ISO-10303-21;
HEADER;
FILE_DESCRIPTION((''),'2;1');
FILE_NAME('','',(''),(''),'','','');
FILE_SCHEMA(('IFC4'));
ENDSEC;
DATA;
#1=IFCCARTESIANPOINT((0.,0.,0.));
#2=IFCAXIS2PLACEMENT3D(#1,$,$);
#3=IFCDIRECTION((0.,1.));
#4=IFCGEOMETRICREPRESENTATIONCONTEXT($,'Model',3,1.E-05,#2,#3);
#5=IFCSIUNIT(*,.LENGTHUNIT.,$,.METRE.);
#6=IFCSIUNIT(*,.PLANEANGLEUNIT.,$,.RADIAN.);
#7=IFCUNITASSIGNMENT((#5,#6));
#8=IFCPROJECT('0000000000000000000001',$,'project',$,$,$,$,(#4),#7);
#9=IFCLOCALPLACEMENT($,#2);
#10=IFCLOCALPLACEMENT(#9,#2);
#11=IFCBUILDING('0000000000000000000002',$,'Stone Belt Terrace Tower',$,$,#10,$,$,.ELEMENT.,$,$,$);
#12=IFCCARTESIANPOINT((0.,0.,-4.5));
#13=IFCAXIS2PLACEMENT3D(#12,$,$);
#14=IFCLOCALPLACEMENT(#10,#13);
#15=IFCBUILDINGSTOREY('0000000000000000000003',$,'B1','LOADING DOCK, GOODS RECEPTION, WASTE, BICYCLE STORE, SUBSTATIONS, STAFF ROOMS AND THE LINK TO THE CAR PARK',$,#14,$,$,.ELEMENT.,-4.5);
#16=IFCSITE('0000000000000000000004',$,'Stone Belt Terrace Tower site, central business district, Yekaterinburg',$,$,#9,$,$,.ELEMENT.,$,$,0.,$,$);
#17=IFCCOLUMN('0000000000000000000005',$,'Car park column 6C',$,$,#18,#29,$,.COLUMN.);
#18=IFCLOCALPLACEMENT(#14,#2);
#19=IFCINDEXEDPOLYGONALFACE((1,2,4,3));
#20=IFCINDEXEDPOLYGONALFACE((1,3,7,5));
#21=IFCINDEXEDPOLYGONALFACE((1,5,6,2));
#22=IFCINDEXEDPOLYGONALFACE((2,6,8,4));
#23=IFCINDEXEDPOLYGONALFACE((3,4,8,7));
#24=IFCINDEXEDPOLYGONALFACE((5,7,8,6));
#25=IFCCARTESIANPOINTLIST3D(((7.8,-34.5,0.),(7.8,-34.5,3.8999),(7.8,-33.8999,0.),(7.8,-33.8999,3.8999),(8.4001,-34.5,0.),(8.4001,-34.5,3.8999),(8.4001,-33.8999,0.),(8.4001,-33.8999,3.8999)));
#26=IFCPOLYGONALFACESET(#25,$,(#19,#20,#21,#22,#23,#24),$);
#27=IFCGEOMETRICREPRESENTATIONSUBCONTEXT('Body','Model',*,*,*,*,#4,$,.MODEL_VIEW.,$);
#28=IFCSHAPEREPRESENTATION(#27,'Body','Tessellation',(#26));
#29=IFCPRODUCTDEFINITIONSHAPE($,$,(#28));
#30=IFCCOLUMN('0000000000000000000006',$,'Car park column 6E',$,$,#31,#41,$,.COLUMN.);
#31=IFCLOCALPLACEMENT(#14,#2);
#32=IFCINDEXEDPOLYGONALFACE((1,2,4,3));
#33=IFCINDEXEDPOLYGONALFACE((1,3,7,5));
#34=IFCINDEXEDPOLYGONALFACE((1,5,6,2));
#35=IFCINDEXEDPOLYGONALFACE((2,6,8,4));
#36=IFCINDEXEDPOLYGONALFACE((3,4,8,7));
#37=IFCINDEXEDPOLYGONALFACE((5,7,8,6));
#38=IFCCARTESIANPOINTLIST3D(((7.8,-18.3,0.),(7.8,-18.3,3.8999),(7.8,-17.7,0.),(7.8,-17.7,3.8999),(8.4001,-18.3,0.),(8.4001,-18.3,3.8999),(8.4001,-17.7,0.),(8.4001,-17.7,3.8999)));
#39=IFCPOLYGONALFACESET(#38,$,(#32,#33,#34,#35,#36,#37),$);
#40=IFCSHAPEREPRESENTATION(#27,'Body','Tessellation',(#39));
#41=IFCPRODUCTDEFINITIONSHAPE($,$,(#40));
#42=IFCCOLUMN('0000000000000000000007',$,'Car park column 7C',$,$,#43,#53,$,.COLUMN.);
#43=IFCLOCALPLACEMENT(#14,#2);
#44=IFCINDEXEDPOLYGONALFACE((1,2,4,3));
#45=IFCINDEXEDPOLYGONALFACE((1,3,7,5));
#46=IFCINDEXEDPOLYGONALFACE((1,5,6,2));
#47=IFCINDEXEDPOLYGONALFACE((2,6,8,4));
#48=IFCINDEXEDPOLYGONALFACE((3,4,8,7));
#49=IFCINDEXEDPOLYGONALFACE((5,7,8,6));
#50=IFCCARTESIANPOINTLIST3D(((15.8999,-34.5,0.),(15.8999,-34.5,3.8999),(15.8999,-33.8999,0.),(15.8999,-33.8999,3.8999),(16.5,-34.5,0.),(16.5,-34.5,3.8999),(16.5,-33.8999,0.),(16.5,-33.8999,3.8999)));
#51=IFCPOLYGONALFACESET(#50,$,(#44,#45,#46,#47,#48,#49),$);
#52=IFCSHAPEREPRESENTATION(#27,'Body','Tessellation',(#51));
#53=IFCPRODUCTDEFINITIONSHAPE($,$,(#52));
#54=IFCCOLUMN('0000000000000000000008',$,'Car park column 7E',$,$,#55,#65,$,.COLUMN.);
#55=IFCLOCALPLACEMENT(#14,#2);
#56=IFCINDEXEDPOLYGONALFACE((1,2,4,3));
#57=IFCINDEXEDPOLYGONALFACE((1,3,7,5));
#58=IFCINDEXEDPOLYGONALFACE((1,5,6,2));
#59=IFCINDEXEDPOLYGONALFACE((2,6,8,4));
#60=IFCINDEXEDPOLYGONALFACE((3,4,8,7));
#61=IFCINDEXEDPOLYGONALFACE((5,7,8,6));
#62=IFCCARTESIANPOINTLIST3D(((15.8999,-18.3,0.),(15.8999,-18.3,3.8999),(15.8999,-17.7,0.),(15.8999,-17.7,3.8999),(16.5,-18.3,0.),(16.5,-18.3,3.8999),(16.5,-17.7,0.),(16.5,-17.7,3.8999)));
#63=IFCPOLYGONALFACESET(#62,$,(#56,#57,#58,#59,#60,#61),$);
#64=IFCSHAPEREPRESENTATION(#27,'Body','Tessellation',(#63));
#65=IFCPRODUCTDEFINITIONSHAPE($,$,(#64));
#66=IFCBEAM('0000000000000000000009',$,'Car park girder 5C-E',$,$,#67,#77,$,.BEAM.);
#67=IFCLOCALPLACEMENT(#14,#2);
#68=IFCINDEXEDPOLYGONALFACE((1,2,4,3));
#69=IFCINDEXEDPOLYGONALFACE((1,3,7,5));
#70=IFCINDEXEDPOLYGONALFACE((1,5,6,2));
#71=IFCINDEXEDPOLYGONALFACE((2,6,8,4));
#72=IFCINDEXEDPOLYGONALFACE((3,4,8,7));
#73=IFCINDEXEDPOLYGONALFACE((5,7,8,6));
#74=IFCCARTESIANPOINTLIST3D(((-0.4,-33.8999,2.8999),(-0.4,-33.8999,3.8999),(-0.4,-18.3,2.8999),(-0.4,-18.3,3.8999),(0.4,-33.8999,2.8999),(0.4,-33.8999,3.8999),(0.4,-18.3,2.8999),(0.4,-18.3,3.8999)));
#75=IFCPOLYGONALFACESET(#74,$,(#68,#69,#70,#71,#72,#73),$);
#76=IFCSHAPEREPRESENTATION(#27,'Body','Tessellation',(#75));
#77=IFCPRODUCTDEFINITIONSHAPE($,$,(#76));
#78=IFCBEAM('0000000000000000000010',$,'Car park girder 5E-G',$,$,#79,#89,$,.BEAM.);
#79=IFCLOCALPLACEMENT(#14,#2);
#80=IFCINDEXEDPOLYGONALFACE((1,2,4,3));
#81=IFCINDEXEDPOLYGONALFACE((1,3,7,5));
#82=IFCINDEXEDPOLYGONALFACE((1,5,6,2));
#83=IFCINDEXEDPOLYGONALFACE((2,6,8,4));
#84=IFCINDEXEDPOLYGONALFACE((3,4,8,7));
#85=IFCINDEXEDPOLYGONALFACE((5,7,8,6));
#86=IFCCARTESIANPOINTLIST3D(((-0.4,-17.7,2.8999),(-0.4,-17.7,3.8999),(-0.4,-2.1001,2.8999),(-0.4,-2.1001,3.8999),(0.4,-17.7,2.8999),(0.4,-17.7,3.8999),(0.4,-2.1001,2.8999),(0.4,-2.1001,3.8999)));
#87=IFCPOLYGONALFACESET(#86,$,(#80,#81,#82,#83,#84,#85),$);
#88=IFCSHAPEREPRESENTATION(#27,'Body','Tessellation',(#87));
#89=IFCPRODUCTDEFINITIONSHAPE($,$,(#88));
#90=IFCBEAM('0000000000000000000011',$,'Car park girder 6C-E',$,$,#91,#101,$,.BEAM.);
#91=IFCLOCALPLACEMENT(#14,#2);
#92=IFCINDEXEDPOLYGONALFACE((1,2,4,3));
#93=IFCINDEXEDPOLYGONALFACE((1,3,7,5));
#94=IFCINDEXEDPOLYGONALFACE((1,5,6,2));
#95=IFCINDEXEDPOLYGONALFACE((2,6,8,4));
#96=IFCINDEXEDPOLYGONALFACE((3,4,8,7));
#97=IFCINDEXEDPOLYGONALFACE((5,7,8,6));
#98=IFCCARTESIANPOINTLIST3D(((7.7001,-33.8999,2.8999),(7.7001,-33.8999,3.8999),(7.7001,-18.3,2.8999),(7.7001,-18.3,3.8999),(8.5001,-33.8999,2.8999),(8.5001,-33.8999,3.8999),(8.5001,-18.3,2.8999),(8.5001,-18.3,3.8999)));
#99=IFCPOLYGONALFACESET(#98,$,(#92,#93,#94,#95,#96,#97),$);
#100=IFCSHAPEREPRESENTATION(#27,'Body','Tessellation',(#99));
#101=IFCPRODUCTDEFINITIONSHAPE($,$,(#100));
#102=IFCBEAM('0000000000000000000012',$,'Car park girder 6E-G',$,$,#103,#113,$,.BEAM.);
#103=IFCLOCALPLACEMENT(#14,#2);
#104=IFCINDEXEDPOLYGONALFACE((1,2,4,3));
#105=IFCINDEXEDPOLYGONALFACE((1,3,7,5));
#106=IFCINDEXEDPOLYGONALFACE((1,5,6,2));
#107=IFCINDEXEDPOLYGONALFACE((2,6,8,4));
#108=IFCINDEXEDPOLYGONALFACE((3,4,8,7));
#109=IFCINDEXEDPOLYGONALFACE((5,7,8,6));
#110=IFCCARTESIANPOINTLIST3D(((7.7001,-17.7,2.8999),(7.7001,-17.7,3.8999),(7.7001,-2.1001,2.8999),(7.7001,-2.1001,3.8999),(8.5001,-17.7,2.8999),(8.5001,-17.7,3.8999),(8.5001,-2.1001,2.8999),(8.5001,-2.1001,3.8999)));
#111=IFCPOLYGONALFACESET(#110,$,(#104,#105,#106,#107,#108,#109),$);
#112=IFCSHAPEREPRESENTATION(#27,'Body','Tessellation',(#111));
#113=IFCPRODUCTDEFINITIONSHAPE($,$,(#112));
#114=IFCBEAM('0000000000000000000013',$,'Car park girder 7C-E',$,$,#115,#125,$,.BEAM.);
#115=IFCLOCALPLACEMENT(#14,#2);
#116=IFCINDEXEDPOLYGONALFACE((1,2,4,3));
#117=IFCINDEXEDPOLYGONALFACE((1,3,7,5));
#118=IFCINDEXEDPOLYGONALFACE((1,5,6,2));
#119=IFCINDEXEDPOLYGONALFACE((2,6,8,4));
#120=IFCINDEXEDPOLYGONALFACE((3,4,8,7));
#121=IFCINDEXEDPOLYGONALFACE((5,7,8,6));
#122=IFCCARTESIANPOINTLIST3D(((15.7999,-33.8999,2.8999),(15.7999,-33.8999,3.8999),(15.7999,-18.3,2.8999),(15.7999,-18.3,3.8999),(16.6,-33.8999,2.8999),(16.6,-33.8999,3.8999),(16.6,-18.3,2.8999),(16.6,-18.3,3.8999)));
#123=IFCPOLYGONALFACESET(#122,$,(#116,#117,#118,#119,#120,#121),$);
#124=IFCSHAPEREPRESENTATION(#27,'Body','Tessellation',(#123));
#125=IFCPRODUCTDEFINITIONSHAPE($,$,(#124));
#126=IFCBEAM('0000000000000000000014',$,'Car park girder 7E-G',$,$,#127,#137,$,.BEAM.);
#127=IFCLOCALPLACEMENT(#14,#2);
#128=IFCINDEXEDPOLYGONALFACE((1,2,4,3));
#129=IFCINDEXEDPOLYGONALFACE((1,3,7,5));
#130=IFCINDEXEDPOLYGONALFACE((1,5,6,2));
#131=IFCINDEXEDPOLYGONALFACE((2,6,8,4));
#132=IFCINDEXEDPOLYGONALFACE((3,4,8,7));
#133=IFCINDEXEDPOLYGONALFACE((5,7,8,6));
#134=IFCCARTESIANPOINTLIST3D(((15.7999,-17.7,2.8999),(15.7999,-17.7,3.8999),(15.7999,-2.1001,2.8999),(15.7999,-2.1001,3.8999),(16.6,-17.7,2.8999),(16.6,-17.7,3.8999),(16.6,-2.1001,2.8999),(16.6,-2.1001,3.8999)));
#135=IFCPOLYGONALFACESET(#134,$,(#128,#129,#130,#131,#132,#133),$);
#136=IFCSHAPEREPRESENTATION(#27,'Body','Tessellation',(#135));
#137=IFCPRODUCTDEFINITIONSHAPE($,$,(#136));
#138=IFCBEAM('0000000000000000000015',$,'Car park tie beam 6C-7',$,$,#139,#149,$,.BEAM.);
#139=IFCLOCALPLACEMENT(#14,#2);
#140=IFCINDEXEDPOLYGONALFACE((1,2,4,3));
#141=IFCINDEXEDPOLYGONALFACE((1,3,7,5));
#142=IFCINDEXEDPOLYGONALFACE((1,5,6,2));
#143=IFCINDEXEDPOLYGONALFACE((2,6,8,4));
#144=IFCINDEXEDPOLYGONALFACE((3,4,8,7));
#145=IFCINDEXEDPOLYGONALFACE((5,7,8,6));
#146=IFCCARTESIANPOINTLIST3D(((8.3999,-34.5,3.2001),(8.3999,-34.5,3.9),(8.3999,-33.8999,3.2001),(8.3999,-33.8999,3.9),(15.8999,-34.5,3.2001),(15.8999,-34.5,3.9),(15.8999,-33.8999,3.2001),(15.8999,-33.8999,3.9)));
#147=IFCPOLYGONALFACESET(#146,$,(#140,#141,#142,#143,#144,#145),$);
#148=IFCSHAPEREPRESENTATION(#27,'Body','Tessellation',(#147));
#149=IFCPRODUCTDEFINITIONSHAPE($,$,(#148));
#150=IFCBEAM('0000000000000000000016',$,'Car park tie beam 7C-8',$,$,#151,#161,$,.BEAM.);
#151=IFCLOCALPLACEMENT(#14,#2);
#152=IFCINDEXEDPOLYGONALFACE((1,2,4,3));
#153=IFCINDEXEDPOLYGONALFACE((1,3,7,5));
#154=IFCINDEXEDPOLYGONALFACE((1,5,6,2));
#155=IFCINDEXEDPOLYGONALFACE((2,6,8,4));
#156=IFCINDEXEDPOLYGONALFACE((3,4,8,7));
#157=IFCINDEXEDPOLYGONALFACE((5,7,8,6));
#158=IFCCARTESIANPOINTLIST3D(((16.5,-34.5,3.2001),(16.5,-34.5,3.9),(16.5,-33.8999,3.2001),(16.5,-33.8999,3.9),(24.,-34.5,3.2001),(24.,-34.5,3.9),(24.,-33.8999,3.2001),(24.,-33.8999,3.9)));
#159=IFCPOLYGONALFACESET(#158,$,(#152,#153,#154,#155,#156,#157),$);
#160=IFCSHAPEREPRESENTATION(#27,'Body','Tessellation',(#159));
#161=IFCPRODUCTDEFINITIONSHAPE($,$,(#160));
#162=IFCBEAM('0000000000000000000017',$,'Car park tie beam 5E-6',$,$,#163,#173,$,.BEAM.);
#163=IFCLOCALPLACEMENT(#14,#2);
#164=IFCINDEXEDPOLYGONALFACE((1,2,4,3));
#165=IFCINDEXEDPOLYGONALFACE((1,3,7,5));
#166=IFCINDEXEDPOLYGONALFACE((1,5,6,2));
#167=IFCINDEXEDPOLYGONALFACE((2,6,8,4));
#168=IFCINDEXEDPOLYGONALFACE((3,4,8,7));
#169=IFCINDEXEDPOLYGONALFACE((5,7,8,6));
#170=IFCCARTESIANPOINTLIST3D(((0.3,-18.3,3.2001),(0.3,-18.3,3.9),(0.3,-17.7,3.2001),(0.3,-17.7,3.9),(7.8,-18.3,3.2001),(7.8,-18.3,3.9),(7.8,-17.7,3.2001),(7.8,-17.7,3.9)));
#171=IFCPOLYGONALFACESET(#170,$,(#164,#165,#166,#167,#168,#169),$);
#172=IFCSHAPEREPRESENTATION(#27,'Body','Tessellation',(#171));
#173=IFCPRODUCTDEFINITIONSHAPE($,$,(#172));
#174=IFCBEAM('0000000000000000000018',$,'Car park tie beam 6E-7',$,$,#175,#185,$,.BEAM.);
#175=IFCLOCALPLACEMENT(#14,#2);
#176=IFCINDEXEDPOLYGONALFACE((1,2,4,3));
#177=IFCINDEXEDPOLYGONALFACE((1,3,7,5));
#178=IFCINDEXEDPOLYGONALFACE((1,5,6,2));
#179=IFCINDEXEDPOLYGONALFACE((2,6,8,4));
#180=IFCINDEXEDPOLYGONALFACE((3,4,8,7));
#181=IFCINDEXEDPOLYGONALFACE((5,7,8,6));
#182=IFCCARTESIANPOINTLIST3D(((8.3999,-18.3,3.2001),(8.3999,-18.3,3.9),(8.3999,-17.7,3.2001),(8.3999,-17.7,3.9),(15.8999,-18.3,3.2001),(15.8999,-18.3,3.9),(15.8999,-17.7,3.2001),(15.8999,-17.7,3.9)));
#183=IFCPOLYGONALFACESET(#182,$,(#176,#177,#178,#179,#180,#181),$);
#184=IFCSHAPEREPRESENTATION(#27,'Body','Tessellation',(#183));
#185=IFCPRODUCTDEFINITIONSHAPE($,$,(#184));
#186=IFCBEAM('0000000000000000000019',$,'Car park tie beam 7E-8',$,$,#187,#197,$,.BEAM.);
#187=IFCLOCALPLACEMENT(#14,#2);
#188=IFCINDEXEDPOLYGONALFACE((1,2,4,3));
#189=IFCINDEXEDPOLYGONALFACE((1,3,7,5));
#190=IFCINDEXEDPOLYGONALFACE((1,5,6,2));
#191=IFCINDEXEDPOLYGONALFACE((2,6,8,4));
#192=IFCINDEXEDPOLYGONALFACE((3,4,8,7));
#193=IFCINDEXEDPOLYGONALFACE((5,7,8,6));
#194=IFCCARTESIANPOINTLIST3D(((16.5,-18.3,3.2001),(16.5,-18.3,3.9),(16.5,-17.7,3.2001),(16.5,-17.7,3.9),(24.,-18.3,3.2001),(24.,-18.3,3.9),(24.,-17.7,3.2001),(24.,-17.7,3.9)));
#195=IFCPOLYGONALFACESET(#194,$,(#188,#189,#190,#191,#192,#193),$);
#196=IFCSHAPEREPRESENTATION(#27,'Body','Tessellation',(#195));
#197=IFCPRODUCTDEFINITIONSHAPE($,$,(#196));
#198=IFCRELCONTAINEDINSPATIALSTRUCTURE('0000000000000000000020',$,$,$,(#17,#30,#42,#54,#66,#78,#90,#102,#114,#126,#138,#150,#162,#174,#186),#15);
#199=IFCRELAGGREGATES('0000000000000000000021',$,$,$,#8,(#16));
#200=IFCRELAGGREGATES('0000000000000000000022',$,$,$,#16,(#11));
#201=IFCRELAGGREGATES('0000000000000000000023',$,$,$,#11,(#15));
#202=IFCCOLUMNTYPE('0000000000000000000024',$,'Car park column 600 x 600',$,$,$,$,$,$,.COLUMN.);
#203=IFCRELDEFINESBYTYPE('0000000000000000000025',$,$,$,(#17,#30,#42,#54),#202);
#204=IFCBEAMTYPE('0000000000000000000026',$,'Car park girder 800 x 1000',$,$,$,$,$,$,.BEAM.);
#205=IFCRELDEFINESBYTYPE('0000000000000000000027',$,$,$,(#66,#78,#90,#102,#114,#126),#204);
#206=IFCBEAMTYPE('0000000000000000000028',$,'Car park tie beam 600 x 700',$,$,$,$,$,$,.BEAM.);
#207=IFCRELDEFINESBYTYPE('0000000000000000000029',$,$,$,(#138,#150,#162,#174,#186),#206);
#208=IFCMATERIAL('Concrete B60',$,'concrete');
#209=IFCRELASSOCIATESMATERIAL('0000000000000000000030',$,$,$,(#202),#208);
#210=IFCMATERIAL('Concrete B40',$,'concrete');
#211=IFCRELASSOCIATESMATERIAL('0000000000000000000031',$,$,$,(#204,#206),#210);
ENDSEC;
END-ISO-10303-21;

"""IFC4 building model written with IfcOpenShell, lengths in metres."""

from ifc_helpers import new_model, si_unit, direction, frame, origin, origin_2d, place, context, subcontext, project, spatial, rectangle, extrude, material, material_profile, profile_set, type_object, element, save


model = new_model("IFC4")

# Units and contexts
model_context = context("Model", 3, precision=1e-05, world=origin(), true_north=direction((0.0, 1.0)))
body_context = subcontext(model_context, "Body", "Model", "MODEL_VIEW")
ifc_project = project(units=[si_unit("LENGTHUNIT", "METRE"), si_unit("PLANEANGLEUNIT", "RADIAN")], contexts=[model_context])

# Site, building, storey
site_placement = place(None, origin())
site = spatial("IfcSite", under=ifc_project, at=site_placement, Name="Stone Belt Terrace Tower site, central business district, Yekaterinburg", CompositionType="ELEMENT", RefElevation=0.0)
building_placement = place(site_placement, origin())
building = spatial("IfcBuilding", under=site, at=building_placement, Name="Stone Belt Terrace Tower", CompositionType="ELEMENT")
storey_placement = place(building_placement, frame((0.0, 0.0, -4.5)))
storey = spatial("IfcBuildingStorey", under=building, at=storey_placement, Name="B1", Description="LOADING DOCK, GOODS RECEPTION, WASTE, BICYCLE STORE, SUBSTATIONS, STAFF ROOMS AND THE LINK TO THE CAR PARK", CompositionType="ELEMENT", Elevation=-4.5)

# Columns
ifc_material_1 = material(Name="Concrete B60", Category="concrete")
ifc_material_profile_1 = material_profile(ifc_material_1, rectangle(XDim=0.6001, YDim=0.6001, at=origin_2d()), Name="Car park column 600 x 600")
ifc_profile_set_1 = profile_set([ifc_material_profile_1], Name="Concrete B60")
column_type = type_object("IfcColumnType", Name="Car park column 600 x 600", PredefinedType="COLUMN", material=ifc_profile_set_1)
for number, where, z_axis, x_axis, name in (
    (1, (8.1001, -34.2, 0.0), (0.0, 0.0, 1.0), (1.0, 0.0, 0.0), "Car park column 6C"),
    (2, (8.1001, -18.0, 0.0), (0.0, 0.0, 1.0), (1.0, 0.0, 0.0), "Car park column 6E"),
    (3, (16.2, -34.2, 0.0), (0.0, 0.0, 1.0), (1.0, 0.0, 0.0), "Car park column 7C"),
    (4, (16.2, -18.0, 0.0), (0.0, 0.0, 1.0), (1.0, 0.0, 0.0), "Car park column 7E"),
):
    element("IfcColumn", number, at=place(storey_placement, frame(where, z_axis=z_axis, x_axis=x_axis)), inside=storey, type_object=column_type, Name=name, PredefinedType="COLUMN", context=body_context, shape_type="SweptSolid", body=[
        extrude(rectangle(XDim=0.6001, YDim=0.6001, at=origin_2d()), origin(), (0.0, 0.0, 1.0), 3.8999),
    ])

# Beams
ifc_material_2 = material(Name="Concrete B40", Category="concrete")
ifc_material_profile_2 = material_profile(ifc_material_2, rectangle(XDim=0.8, YDim=1.0, at=origin_2d()), Name="Car park girder 800 x 1000")
ifc_profile_set_2 = profile_set([ifc_material_profile_2], Name="Concrete B40")
beam_type_1 = type_object("IfcBeamType", Name="Car park girder 800 x 1000", PredefinedType="BEAM", material=ifc_profile_set_2)
for number, where, z_axis, x_axis, name in (
    (5, (0.0, -33.8999, 3.3999), (0.0, 1.0, 0.0), (-1.0, 0.0, 0.0), "Car park girder 5C-E"),
    (6, (0.0, -17.7, 3.3999), (0.0, 1.0, 0.0), (-1.0, 0.0, 0.0), "Car park girder 5E-G"),
    (7, (8.1001, -33.8999, 3.3999), (0.0, 1.0, 0.0), (-1.0, 0.0, 0.0), "Car park girder 6C-E"),
    (8, (8.1001, -17.7, 3.3999), (0.0, 1.0, 0.0), (-1.0, 0.0, 0.0), "Car park girder 6E-G"),
    (9, (16.2, -33.8999, 3.3999), (0.0, 1.0, 0.0), (-1.0, 0.0, 0.0), "Car park girder 7C-E"),
    (10, (16.2, -17.7, 3.3999), (0.0, 1.0, 0.0), (-1.0, 0.0, 0.0), "Car park girder 7E-G"),
):
    element("IfcBeam", number, at=place(storey_placement, frame(where, z_axis=z_axis, x_axis=x_axis)), inside=storey, type_object=beam_type_1, Name=name, PredefinedType="BEAM", context=body_context, shape_type="SweptSolid", body=[
        extrude(rectangle(XDim=0.8, YDim=1.0, at=origin_2d()), origin(), (0.0, 0.0, 1.0), 15.5999),
    ])
ifc_material_profile_3 = material_profile(ifc_material_2, rectangle(XDim=0.6001, YDim=0.7, at=origin_2d()), Name="Car park tie beam 600 x 700")
ifc_profile_set_3 = profile_set([ifc_material_profile_3], Name="Concrete B40")
beam_type_2 = type_object("IfcBeamType", Name="Car park tie beam 600 x 700", PredefinedType="BEAM", material=ifc_profile_set_3)
for number, where, z_axis, x_axis, name in (
    (11, (8.3999, -34.2, 3.55), (1.0, 0.0, 0.0), (0.0, 1.0, 0.0), "Car park tie beam 6C-7"),
    (12, (16.5, -34.2, 3.55), (1.0, 0.0, 0.0), (0.0, 1.0, 0.0), "Car park tie beam 7C-8"),
    (13, (0.3, -18.0, 3.55), (1.0, 0.0, 0.0), (0.0, 1.0, 0.0), "Car park tie beam 5E-6"),
    (14, (8.3999, -18.0, 3.55), (1.0, 0.0, 0.0), (0.0, 1.0, 0.0), "Car park tie beam 6E-7"),
    (15, (16.5, -18.0, 3.55), (1.0, 0.0, 0.0), (0.0, 1.0, 0.0), "Car park tie beam 7E-8"),
):
    element("IfcBeam", number, at=place(storey_placement, frame(where, z_axis=z_axis, x_axis=x_axis)), inside=storey, type_object=beam_type_2, Name=name, PredefinedType="BEAM", context=body_context, shape_type="SweptSolid", body=[
        extrude(rectangle(XDim=0.6001, YDim=0.7, at=origin_2d()), origin(), (0.0, 0.0, 1.0), 7.5),
    ])

save(model, "model.ifc")
